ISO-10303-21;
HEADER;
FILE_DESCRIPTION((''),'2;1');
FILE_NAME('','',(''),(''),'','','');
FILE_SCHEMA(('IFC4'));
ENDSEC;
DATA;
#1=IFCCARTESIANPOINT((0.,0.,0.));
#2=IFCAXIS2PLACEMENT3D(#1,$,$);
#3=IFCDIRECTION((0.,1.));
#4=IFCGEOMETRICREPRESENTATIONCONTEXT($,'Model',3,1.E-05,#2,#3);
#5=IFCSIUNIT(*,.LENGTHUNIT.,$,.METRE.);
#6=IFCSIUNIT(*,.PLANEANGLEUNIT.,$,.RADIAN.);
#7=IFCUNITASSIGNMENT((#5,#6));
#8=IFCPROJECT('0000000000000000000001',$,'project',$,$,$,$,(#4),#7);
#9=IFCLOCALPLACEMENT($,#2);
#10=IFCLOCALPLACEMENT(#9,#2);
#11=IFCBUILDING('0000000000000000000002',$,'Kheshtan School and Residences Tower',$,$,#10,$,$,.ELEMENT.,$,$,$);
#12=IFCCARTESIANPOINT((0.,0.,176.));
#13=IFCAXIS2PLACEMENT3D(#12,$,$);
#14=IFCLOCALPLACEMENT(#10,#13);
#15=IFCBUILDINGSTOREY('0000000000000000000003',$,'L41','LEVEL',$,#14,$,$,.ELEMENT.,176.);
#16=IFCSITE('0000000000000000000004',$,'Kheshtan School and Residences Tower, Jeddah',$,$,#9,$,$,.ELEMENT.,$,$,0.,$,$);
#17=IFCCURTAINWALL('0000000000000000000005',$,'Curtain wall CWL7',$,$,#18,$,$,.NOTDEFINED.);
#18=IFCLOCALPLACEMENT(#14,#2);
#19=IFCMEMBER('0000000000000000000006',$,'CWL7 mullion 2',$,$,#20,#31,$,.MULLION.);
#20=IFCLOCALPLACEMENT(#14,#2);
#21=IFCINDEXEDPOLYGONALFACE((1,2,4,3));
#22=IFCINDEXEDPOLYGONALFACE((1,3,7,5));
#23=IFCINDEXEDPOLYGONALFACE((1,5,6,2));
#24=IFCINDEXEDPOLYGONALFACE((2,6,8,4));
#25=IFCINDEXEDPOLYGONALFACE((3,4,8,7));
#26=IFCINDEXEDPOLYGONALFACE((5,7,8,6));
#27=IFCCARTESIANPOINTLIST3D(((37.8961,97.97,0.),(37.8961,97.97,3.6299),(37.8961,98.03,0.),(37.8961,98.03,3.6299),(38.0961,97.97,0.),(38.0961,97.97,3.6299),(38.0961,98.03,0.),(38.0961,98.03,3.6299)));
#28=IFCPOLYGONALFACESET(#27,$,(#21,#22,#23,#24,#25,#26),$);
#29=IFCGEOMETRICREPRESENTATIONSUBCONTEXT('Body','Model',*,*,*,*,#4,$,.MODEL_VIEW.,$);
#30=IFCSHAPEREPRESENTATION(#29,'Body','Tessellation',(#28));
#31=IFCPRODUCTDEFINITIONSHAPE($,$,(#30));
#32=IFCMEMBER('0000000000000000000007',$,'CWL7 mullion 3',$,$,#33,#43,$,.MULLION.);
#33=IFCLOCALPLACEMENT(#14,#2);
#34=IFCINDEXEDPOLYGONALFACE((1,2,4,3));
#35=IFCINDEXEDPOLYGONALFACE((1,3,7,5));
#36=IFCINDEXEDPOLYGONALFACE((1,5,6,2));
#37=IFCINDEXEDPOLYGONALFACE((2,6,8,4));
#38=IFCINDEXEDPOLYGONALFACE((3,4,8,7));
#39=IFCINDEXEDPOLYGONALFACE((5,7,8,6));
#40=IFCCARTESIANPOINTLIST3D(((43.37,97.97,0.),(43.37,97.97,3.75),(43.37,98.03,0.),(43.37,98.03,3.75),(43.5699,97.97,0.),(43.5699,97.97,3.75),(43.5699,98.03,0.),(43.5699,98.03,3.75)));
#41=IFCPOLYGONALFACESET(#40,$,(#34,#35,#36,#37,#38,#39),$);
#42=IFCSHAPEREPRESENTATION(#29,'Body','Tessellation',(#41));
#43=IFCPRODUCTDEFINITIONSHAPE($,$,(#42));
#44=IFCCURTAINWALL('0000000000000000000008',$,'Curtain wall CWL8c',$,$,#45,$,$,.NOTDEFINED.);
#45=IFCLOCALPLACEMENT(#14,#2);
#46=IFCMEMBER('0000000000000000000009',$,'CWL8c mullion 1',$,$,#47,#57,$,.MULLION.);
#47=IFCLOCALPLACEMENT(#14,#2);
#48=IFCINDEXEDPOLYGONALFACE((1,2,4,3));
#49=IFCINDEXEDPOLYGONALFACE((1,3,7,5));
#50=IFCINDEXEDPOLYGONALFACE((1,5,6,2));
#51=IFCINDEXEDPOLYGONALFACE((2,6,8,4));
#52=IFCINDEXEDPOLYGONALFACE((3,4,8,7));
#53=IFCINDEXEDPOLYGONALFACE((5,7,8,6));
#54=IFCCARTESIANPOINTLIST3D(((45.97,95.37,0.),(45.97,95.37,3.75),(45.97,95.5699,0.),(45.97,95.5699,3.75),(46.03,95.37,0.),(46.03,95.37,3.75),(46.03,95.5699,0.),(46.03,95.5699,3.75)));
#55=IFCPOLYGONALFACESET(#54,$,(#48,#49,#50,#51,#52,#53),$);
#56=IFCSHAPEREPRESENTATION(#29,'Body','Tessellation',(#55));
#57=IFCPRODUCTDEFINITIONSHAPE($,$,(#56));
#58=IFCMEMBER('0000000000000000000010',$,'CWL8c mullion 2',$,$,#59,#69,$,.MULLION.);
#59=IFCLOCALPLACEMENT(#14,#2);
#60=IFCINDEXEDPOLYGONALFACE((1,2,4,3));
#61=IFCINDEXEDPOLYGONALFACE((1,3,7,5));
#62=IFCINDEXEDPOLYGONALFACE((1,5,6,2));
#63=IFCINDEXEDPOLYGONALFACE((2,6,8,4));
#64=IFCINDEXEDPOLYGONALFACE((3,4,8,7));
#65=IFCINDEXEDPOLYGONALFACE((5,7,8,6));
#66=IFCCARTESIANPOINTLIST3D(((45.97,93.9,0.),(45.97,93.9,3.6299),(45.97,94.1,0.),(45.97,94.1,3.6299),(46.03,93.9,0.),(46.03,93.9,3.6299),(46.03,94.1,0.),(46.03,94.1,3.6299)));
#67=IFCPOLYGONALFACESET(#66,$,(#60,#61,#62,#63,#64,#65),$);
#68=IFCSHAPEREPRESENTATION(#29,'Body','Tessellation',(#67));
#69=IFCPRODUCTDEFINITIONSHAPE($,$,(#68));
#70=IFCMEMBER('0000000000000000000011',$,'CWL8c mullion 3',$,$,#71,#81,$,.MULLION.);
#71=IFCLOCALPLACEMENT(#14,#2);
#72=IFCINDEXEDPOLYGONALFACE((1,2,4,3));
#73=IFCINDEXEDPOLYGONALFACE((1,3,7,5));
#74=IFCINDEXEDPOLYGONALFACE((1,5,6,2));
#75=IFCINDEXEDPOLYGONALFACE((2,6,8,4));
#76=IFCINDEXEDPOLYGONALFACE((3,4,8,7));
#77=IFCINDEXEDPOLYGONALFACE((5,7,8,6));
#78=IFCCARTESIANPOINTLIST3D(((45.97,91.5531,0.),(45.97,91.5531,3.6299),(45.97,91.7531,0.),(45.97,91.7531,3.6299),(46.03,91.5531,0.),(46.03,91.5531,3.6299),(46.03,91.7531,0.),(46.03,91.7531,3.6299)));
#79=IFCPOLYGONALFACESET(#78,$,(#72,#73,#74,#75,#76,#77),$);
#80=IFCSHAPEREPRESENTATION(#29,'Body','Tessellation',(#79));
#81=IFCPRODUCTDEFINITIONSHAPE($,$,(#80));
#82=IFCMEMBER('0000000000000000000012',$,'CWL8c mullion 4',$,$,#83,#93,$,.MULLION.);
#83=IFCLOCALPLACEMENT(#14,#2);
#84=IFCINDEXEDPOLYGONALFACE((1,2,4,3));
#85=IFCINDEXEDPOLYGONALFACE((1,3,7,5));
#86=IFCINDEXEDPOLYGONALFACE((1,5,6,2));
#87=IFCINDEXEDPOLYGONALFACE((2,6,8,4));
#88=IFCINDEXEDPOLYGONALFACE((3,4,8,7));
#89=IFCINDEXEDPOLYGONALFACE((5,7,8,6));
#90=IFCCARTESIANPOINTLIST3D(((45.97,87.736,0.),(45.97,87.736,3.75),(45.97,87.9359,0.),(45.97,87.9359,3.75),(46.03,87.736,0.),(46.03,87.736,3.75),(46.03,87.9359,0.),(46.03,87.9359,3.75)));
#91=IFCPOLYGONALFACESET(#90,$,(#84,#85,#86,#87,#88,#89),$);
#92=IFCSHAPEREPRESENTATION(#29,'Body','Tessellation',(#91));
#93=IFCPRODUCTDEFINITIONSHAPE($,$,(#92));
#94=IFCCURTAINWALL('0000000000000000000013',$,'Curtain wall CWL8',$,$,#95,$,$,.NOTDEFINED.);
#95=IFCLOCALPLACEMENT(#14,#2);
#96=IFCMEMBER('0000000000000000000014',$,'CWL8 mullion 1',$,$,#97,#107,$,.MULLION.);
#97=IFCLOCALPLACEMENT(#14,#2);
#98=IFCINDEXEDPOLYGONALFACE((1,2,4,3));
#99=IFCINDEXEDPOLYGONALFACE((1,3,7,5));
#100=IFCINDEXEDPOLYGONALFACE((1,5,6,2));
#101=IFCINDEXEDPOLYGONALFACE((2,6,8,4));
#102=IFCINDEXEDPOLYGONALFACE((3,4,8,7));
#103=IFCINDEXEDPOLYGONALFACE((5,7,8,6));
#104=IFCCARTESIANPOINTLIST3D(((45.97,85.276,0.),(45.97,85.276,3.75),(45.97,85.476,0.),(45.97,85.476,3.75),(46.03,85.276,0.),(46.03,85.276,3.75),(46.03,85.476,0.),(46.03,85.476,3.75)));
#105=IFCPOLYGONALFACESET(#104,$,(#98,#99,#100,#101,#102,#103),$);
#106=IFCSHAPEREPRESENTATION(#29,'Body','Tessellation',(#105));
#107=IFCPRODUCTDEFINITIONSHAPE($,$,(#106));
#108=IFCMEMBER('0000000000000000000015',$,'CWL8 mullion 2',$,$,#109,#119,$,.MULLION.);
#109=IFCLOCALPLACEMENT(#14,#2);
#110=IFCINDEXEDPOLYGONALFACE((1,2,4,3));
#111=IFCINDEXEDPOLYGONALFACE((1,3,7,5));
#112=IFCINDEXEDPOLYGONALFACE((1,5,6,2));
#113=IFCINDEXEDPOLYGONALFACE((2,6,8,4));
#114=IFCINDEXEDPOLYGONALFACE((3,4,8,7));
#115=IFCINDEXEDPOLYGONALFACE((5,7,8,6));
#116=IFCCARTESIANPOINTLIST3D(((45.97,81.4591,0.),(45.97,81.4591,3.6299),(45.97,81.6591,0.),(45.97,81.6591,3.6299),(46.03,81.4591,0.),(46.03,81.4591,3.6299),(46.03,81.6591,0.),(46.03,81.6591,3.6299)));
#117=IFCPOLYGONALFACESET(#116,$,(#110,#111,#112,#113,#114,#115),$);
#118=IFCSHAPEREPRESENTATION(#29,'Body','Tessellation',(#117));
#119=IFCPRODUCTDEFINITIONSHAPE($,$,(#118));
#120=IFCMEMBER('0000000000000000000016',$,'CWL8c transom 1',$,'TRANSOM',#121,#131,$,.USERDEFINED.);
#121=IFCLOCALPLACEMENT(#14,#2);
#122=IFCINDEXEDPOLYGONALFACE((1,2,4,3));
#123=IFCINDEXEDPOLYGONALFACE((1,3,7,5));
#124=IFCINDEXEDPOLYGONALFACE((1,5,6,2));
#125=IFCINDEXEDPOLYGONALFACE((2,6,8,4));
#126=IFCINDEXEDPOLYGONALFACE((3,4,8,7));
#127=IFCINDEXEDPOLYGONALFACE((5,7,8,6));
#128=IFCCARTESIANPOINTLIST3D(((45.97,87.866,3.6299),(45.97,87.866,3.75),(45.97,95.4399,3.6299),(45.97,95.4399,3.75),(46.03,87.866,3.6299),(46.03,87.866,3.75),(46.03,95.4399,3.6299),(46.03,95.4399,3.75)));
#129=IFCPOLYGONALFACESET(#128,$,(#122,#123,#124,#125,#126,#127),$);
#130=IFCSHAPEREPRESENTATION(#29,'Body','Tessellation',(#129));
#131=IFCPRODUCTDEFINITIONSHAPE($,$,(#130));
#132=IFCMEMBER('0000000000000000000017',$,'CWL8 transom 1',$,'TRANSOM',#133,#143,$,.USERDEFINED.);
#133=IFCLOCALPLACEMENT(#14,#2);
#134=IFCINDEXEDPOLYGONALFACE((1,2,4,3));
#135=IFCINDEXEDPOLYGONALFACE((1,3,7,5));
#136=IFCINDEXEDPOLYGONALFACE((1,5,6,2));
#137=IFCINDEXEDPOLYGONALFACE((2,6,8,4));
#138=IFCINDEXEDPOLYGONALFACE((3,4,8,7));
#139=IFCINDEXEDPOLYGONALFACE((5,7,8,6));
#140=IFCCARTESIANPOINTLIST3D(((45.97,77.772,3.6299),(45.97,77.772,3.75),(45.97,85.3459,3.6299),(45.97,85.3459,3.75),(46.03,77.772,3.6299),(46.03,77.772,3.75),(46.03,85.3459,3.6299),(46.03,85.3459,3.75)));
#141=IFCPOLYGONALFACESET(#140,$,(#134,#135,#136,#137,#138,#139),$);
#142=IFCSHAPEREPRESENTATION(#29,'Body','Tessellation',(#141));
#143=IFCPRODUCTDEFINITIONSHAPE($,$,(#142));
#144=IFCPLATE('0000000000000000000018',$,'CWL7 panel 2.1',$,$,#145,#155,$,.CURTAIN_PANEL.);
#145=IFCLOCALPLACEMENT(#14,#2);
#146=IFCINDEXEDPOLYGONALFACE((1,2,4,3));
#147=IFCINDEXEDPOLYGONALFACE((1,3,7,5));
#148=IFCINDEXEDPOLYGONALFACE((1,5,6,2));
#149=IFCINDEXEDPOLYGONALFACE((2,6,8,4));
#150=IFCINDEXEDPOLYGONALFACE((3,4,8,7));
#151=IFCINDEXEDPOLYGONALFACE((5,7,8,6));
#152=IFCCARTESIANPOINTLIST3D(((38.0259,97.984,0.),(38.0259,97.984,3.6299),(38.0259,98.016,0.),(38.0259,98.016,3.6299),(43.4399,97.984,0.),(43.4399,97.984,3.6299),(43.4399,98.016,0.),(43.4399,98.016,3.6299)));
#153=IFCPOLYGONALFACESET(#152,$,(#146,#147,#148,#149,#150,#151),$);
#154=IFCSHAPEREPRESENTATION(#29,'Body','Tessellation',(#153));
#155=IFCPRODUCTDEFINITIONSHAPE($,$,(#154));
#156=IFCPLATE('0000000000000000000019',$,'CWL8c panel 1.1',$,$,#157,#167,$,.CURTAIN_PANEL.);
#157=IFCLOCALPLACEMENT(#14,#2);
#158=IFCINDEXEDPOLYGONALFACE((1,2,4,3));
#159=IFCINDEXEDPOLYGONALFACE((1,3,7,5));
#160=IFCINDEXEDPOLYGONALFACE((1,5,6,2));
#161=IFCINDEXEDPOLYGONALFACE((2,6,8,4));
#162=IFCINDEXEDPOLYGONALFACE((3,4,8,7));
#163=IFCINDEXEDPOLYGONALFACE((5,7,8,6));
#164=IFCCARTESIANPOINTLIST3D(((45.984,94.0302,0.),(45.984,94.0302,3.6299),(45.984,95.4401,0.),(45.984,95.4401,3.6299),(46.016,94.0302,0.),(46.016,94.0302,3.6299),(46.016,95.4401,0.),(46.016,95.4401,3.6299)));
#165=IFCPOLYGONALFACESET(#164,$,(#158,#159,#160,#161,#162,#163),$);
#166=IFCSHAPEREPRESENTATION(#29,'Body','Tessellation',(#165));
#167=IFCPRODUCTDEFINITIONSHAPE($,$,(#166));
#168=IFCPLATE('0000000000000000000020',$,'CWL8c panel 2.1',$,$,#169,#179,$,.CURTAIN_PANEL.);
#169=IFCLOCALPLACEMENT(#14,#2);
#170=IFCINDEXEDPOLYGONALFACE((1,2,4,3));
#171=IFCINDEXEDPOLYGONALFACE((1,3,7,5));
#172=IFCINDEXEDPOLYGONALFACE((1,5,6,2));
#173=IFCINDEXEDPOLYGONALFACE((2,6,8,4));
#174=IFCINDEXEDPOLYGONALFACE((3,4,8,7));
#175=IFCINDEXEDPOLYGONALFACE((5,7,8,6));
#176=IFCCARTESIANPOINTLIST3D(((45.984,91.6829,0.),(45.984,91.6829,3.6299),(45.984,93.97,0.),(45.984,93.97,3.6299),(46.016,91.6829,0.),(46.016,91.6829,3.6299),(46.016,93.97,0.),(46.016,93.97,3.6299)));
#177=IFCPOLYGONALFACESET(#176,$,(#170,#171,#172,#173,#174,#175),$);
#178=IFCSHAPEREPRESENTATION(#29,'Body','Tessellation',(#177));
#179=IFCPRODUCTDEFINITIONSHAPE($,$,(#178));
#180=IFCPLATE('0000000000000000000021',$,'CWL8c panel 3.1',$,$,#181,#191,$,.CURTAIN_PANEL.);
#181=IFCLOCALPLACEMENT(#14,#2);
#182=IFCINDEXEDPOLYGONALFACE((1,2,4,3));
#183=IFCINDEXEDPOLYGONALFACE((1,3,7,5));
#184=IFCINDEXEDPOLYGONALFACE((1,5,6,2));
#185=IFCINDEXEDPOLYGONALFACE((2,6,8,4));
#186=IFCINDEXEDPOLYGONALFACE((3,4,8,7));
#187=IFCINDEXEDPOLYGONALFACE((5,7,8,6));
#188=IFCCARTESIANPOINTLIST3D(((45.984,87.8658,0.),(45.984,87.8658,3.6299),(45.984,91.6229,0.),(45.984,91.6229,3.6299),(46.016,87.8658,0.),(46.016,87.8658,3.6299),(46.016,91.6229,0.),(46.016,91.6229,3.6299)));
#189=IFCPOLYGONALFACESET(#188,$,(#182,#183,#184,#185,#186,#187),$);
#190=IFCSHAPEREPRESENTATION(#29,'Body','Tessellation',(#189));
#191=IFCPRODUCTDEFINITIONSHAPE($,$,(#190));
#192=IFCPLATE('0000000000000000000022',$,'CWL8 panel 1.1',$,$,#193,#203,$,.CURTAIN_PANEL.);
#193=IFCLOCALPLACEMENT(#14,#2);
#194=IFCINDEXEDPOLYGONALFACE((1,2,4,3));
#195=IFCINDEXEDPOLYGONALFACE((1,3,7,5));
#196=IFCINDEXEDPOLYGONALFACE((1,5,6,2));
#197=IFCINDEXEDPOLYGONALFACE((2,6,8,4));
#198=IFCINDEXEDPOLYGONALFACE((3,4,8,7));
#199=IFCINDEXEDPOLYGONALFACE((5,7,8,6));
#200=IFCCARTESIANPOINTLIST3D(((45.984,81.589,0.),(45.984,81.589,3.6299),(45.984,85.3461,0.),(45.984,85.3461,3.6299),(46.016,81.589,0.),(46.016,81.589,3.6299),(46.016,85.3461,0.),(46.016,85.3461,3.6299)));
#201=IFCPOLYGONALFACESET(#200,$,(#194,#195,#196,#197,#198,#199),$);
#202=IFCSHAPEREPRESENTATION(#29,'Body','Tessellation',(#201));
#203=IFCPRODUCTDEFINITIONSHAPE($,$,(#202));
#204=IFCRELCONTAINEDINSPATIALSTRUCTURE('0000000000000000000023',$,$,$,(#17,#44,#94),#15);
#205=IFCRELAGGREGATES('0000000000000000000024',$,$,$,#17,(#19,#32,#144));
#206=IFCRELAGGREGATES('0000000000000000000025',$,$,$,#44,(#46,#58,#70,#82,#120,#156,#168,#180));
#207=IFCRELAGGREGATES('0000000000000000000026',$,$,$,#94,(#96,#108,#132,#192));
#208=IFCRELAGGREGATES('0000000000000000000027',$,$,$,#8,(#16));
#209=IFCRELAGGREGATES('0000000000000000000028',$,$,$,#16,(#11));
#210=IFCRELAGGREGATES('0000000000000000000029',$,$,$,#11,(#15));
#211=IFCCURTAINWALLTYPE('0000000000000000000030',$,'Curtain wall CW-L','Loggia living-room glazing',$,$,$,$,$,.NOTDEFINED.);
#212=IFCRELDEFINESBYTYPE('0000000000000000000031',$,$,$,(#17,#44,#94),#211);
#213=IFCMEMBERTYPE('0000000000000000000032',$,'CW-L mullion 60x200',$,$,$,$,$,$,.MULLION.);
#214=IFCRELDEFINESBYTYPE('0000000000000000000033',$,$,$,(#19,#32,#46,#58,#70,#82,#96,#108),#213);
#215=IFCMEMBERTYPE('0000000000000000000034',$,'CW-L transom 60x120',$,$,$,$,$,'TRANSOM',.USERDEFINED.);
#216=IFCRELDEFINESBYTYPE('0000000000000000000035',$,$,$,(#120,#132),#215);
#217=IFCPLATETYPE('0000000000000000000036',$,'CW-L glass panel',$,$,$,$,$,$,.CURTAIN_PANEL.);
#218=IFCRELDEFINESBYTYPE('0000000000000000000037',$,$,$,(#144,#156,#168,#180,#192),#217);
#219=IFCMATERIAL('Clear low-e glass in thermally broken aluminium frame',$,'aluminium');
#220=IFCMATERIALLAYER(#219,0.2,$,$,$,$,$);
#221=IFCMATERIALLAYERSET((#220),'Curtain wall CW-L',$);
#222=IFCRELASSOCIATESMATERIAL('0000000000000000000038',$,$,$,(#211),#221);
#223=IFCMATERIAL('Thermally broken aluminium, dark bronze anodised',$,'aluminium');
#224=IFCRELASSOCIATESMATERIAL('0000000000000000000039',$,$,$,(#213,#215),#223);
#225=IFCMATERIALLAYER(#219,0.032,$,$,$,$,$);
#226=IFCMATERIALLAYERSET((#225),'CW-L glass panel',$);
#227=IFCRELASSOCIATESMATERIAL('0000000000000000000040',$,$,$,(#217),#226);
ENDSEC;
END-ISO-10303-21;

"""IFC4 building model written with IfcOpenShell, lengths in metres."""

from ifc_helpers import new_model, si_unit, direction, frame, origin, origin_2d, place, context, subcontext, project, spatial, rectangle, extrude, material, layer, layer_set, material_profile, profile_set, type_object, element, aggregate, save


model = new_model("IFC4")

# Units and contexts
model_context = context("Model", 3, precision=1e-05, world=origin(), true_north=direction((0.0, 1.0)))
body_context = subcontext(model_context, "Body", "Model", "MODEL_VIEW")
ifc_project = project(units=[si_unit("LENGTHUNIT", "METRE"), si_unit("PLANEANGLEUNIT", "RADIAN")], contexts=[model_context])

# Site, building, storey
site_placement = place(None, origin())
site = spatial("IfcSite", under=ifc_project, at=site_placement, Name="Kheshtan School and Residences Tower, Jeddah", CompositionType="ELEMENT", RefElevation=0.0)
building_placement = place(site_placement, origin())
building = spatial("IfcBuilding", under=site, at=building_placement, Name="Kheshtan School and Residences Tower", CompositionType="ELEMENT")
storey_placement = place(building_placement, frame((0.0, 0.0, 176.0)))
storey = spatial("IfcBuildingStorey", under=building, at=storey_placement, Name="L41", Description="LEVEL", CompositionType="ELEMENT", Elevation=176.0)

# Curtain walls, members
ifc_material_1 = material(Name="Clear low-e glass in thermally broken aluminium frame", Category="aluminium")
ifc_layer_1 = layer(ifc_material_1, 0.2)
ifc_layer_set_1 = layer_set([ifc_layer_1], Name="Curtain wall CW-L")
curtain_wall_type = type_object("IfcCurtainWallType", Name="Curtain wall CW-L", Description="Loggia living-room glazing", PredefinedType="NOTDEFINED", material=ifc_layer_set_1)
curtain_wall_1_placement = place(storey_placement, origin())
curtain_wall_1 = element("IfcCurtainWall", 1, at=curtain_wall_1_placement, inside=storey, type_object=curtain_wall_type, Name="Curtain wall CWL7", PredefinedType="NOTDEFINED")
ifc_material_2 = material(Name="Thermally broken aluminium, dark bronze anodised", Category="aluminium")
ifc_material_profile_1 = material_profile(ifc_material_2, rectangle(XDim=0.0601, YDim=0.2, at=origin_2d()), Name="CW-L mullion 60x200")
ifc_profile_set_1 = profile_set([ifc_material_profile_1], Name="Thermally broken aluminium, dark bronze anodised")
member_type_1 = type_object("IfcMemberType", Name="CW-L mullion 60x200", PredefinedType="MULLION", material=ifc_profile_set_1)
member_1_placement = place(storey_placement, frame((37.9961, 98.0, 0.0), z_axis=(0.0, 0.0, 1.0), x_axis=(0.0, 1.0, 0.0)))
member_1 = element("IfcMember", 2, at=member_1_placement, type_object=member_type_1, Name="CWL7 mullion 2", PredefinedType="MULLION", context=body_context, shape_type="SweptSolid", body=[
    extrude(rectangle(XDim=0.0601, YDim=0.2, at=origin_2d()), origin(), (0.0, 0.0, 1.0), 3.6299),
])
member_2_placement = place(storey_placement, frame((43.47, 98.0, 0.0), z_axis=(0.0, 0.0, 1.0), x_axis=(0.0, 1.0, 0.0)))
member_2 = element("IfcMember", 3, at=member_2_placement, type_object=member_type_1, Name="CWL7 mullion 3", PredefinedType="MULLION", context=body_context, shape_type="SweptSolid", body=[
    extrude(rectangle(XDim=0.0601, YDim=0.2, at=origin_2d()), origin(), (0.0, 0.0, 1.0), 3.75),
])
curtain_wall_2_placement = place(storey_placement, origin())
curtain_wall_2 = element("IfcCurtainWall", 4, at=curtain_wall_2_placement, inside=storey, type_object=curtain_wall_type, Name="Curtain wall CWL8c", PredefinedType="NOTDEFINED")
member_3_placement = place(storey_placement, frame((46.0, 95.47, 0.0), z_axis=(0.0, 0.0, 1.0), x_axis=(1.0, 0.0, 0.0)))
member_3 = element("IfcMember", 5, at=member_3_placement, type_object=member_type_1, Name="CWL8c mullion 1", PredefinedType="MULLION", context=body_context, shape_type="SweptSolid", body=[
    extrude(rectangle(XDim=0.0601, YDim=0.2, at=origin_2d()), origin(), (0.0, 0.0, 1.0), 3.75),
])
member_4_placement = place(storey_placement, frame((46.0, 94.0, 0.0), z_axis=(0.0, 0.0, 1.0), x_axis=(1.0, 0.0, 0.0)))
member_4 = element("IfcMember", 6, at=member_4_placement, type_object=member_type_1, Name="CWL8c mullion 2", PredefinedType="MULLION", context=body_context, shape_type="SweptSolid", body=[
    extrude(rectangle(XDim=0.0601, YDim=0.2, at=origin_2d()), origin(), (0.0, 0.0, 1.0), 3.6299),
])
member_5_placement = place(storey_placement, frame((46.0, 91.6531, 0.0), z_axis=(0.0, 0.0, 1.0), x_axis=(1.0, 0.0, 0.0)))
member_5 = element("IfcMember", 7, at=member_5_placement, type_object=member_type_1, Name="CWL8c mullion 3", PredefinedType="MULLION", context=body_context, shape_type="SweptSolid", body=[
    extrude(rectangle(XDim=0.0601, YDim=0.2, at=origin_2d()), origin(), (0.0, 0.0, 1.0), 3.6299),
])
member_6_placement = place(storey_placement, frame((46.0, 87.8359, 0.0), z_axis=(0.0, 0.0, 1.0), x_axis=(1.0, 0.0, 0.0)))
member_6 = element("IfcMember", 8, at=member_6_placement, type_object=member_type_1, Name="CWL8c mullion 4", PredefinedType="MULLION", context=body_context, shape_type="SweptSolid", body=[
    extrude(rectangle(XDim=0.0601, YDim=0.2, at=origin_2d()), origin(), (0.0, 0.0, 1.0), 3.75),
])
curtain_wall_3_placement = place(storey_placement, origin())
curtain_wall_3 = element("IfcCurtainWall", 9, at=curtain_wall_3_placement, inside=storey, type_object=curtain_wall_type, Name="Curtain wall CWL8", PredefinedType="NOTDEFINED")
member_7_placement = place(storey_placement, frame((46.0, 85.376, 0.0), z_axis=(0.0, 0.0, 1.0), x_axis=(1.0, 0.0, 0.0)))
member_7 = element("IfcMember", 10, at=member_7_placement, type_object=member_type_1, Name="CWL8 mullion 1", PredefinedType="MULLION", context=body_context, shape_type="SweptSolid", body=[
    extrude(rectangle(XDim=0.0601, YDim=0.2, at=origin_2d()), origin(), (0.0, 0.0, 1.0), 3.75),
])
member_8_placement = place(storey_placement, frame((46.0, 81.5591, 0.0), z_axis=(0.0, 0.0, 1.0), x_axis=(1.0, 0.0, 0.0)))
member_8 = element("IfcMember", 11, at=member_8_placement, type_object=member_type_1, Name="CWL8 mullion 2", PredefinedType="MULLION", context=body_context, shape_type="SweptSolid", body=[
    extrude(rectangle(XDim=0.0601, YDim=0.2, at=origin_2d()), origin(), (0.0, 0.0, 1.0), 3.6299),
])

# Members
ifc_material_profile_2 = material_profile(ifc_material_2, rectangle(XDim=0.0601, YDim=0.1201, at=origin_2d()), Name="CW-L transom 60x120")
ifc_profile_set_2 = profile_set([ifc_material_profile_2], Name="Thermally broken aluminium, dark bronze anodised")
member_type_2 = type_object("IfcMemberType", Name="CW-L transom 60x120", ElementType="TRANSOM", PredefinedType="USERDEFINED", material=ifc_profile_set_2)
member_9_placement = place(storey_placement, frame((46.0, 95.4399, 3.6899), z_axis=(0.0, -1.0, 0.0), x_axis=(1.0, 0.0, 0.0)))
member_9 = element("IfcMember", 12, at=member_9_placement, type_object=member_type_2, Name="CWL8c transom 1", ObjectType="TRANSOM", PredefinedType="USERDEFINED", context=body_context, shape_type="SweptSolid", body=[
    extrude(rectangle(XDim=0.0601, YDim=0.1201, at=origin_2d()), origin(), (0.0, 0.0, 1.0), 7.574),
])
member_10_placement = place(storey_placement, frame((46.0, 85.3459, 3.6899), z_axis=(0.0, -1.0, 0.0), x_axis=(1.0, 0.0, 0.0)))
member_10 = element("IfcMember", 13, at=member_10_placement, type_object=member_type_2, Name="CWL8 transom 1", ObjectType="TRANSOM", PredefinedType="USERDEFINED", context=body_context, shape_type="SweptSolid", body=[
    extrude(rectangle(XDim=0.0601, YDim=0.1201, at=origin_2d()), origin(), (0.0, 0.0, 1.0), 7.574),
])

# Plates
ifc_layer_2 = layer(ifc_material_1, 0.032)
ifc_layer_set_2 = layer_set([ifc_layer_2], Name="CW-L glass panel")
plate_type = type_object("IfcPlateType", Name="CW-L glass panel", PredefinedType="CURTAIN_PANEL", material=ifc_layer_set_2)
plate_1_placement = place(storey_placement, frame((40.7329, 98.0, 0.0), z_axis=(0.0, 0.0, 1.0), x_axis=(1.0, 0.0, 0.0)))
plate_1 = element("IfcPlate", 14, at=plate_1_placement, type_object=plate_type, Name="CWL7 panel 2.1", PredefinedType="CURTAIN_PANEL", context=body_context, shape_type="SweptSolid", body=[
    extrude(rectangle(XDim=5.4141, YDim=0.032, at=origin_2d()), origin(), (0.0, 0.0, 1.0), 3.6299),
])
aggregate(curtain_wall_1, [member_1, member_2, plate_1])
plate_2_placement = place(storey_placement, frame((46.0, 94.7351, 0.0), z_axis=(0.0, 0.0, 1.0), x_axis=(0.0, -1.0, 0.0)))
plate_2 = element("IfcPlate", 15, at=plate_2_placement, type_object=plate_type, Name="CWL8c panel 1.1", PredefinedType="CURTAIN_PANEL", context=body_context, shape_type="SweptSolid", body=[
    extrude(rectangle(XDim=1.4099, YDim=0.032, at=origin_2d()), origin(), (0.0, 0.0, 1.0), 3.6299),
])
plate_3_placement = place(storey_placement, frame((46.0, 92.8264, 0.0), z_axis=(0.0, 0.0, 1.0), x_axis=(0.0, -1.0, 0.0)))
plate_3 = element("IfcPlate", 16, at=plate_3_placement, type_object=plate_type, Name="CWL8c panel 2.1", PredefinedType="CURTAIN_PANEL", context=body_context, shape_type="SweptSolid", body=[
    extrude(rectangle(XDim=2.2871, YDim=0.032, at=origin_2d()), origin(), (0.0, 0.0, 1.0), 3.6299),
])
plate_4_placement = place(storey_placement, frame((46.0, 89.7444, 0.0), z_axis=(0.0, 0.0, 1.0), x_axis=(0.0, -1.0, 0.0)))
plate_4 = element("IfcPlate", 17, at=plate_4_placement, type_object=plate_type, Name="CWL8c panel 3.1", PredefinedType="CURTAIN_PANEL", context=body_context, shape_type="SweptSolid", body=[
    extrude(rectangle(XDim=3.7571, YDim=0.032, at=origin_2d()), origin(), (0.0, 0.0, 1.0), 3.6299),
])
aggregate(curtain_wall_2, [member_3, member_4, member_5, member_6, member_9, plate_2, plate_3, plate_4])
plate_5_placement = place(storey_placement, frame((46.0, 83.4675, 0.0), z_axis=(0.0, 0.0, 1.0), x_axis=(0.0, -1.0, 0.0)))
plate_5 = element("IfcPlate", 18, at=plate_5_placement, type_object=plate_type, Name="CWL8 panel 1.1", PredefinedType="CURTAIN_PANEL", context=body_context, shape_type="SweptSolid", body=[
    extrude(rectangle(XDim=3.7571, YDim=0.032, at=origin_2d()), origin(), (0.0, 0.0, 1.0), 3.6299),
])
aggregate(curtain_wall_3, [member_7, member_8, member_10, plate_5])

save(model, "model.ifc")
